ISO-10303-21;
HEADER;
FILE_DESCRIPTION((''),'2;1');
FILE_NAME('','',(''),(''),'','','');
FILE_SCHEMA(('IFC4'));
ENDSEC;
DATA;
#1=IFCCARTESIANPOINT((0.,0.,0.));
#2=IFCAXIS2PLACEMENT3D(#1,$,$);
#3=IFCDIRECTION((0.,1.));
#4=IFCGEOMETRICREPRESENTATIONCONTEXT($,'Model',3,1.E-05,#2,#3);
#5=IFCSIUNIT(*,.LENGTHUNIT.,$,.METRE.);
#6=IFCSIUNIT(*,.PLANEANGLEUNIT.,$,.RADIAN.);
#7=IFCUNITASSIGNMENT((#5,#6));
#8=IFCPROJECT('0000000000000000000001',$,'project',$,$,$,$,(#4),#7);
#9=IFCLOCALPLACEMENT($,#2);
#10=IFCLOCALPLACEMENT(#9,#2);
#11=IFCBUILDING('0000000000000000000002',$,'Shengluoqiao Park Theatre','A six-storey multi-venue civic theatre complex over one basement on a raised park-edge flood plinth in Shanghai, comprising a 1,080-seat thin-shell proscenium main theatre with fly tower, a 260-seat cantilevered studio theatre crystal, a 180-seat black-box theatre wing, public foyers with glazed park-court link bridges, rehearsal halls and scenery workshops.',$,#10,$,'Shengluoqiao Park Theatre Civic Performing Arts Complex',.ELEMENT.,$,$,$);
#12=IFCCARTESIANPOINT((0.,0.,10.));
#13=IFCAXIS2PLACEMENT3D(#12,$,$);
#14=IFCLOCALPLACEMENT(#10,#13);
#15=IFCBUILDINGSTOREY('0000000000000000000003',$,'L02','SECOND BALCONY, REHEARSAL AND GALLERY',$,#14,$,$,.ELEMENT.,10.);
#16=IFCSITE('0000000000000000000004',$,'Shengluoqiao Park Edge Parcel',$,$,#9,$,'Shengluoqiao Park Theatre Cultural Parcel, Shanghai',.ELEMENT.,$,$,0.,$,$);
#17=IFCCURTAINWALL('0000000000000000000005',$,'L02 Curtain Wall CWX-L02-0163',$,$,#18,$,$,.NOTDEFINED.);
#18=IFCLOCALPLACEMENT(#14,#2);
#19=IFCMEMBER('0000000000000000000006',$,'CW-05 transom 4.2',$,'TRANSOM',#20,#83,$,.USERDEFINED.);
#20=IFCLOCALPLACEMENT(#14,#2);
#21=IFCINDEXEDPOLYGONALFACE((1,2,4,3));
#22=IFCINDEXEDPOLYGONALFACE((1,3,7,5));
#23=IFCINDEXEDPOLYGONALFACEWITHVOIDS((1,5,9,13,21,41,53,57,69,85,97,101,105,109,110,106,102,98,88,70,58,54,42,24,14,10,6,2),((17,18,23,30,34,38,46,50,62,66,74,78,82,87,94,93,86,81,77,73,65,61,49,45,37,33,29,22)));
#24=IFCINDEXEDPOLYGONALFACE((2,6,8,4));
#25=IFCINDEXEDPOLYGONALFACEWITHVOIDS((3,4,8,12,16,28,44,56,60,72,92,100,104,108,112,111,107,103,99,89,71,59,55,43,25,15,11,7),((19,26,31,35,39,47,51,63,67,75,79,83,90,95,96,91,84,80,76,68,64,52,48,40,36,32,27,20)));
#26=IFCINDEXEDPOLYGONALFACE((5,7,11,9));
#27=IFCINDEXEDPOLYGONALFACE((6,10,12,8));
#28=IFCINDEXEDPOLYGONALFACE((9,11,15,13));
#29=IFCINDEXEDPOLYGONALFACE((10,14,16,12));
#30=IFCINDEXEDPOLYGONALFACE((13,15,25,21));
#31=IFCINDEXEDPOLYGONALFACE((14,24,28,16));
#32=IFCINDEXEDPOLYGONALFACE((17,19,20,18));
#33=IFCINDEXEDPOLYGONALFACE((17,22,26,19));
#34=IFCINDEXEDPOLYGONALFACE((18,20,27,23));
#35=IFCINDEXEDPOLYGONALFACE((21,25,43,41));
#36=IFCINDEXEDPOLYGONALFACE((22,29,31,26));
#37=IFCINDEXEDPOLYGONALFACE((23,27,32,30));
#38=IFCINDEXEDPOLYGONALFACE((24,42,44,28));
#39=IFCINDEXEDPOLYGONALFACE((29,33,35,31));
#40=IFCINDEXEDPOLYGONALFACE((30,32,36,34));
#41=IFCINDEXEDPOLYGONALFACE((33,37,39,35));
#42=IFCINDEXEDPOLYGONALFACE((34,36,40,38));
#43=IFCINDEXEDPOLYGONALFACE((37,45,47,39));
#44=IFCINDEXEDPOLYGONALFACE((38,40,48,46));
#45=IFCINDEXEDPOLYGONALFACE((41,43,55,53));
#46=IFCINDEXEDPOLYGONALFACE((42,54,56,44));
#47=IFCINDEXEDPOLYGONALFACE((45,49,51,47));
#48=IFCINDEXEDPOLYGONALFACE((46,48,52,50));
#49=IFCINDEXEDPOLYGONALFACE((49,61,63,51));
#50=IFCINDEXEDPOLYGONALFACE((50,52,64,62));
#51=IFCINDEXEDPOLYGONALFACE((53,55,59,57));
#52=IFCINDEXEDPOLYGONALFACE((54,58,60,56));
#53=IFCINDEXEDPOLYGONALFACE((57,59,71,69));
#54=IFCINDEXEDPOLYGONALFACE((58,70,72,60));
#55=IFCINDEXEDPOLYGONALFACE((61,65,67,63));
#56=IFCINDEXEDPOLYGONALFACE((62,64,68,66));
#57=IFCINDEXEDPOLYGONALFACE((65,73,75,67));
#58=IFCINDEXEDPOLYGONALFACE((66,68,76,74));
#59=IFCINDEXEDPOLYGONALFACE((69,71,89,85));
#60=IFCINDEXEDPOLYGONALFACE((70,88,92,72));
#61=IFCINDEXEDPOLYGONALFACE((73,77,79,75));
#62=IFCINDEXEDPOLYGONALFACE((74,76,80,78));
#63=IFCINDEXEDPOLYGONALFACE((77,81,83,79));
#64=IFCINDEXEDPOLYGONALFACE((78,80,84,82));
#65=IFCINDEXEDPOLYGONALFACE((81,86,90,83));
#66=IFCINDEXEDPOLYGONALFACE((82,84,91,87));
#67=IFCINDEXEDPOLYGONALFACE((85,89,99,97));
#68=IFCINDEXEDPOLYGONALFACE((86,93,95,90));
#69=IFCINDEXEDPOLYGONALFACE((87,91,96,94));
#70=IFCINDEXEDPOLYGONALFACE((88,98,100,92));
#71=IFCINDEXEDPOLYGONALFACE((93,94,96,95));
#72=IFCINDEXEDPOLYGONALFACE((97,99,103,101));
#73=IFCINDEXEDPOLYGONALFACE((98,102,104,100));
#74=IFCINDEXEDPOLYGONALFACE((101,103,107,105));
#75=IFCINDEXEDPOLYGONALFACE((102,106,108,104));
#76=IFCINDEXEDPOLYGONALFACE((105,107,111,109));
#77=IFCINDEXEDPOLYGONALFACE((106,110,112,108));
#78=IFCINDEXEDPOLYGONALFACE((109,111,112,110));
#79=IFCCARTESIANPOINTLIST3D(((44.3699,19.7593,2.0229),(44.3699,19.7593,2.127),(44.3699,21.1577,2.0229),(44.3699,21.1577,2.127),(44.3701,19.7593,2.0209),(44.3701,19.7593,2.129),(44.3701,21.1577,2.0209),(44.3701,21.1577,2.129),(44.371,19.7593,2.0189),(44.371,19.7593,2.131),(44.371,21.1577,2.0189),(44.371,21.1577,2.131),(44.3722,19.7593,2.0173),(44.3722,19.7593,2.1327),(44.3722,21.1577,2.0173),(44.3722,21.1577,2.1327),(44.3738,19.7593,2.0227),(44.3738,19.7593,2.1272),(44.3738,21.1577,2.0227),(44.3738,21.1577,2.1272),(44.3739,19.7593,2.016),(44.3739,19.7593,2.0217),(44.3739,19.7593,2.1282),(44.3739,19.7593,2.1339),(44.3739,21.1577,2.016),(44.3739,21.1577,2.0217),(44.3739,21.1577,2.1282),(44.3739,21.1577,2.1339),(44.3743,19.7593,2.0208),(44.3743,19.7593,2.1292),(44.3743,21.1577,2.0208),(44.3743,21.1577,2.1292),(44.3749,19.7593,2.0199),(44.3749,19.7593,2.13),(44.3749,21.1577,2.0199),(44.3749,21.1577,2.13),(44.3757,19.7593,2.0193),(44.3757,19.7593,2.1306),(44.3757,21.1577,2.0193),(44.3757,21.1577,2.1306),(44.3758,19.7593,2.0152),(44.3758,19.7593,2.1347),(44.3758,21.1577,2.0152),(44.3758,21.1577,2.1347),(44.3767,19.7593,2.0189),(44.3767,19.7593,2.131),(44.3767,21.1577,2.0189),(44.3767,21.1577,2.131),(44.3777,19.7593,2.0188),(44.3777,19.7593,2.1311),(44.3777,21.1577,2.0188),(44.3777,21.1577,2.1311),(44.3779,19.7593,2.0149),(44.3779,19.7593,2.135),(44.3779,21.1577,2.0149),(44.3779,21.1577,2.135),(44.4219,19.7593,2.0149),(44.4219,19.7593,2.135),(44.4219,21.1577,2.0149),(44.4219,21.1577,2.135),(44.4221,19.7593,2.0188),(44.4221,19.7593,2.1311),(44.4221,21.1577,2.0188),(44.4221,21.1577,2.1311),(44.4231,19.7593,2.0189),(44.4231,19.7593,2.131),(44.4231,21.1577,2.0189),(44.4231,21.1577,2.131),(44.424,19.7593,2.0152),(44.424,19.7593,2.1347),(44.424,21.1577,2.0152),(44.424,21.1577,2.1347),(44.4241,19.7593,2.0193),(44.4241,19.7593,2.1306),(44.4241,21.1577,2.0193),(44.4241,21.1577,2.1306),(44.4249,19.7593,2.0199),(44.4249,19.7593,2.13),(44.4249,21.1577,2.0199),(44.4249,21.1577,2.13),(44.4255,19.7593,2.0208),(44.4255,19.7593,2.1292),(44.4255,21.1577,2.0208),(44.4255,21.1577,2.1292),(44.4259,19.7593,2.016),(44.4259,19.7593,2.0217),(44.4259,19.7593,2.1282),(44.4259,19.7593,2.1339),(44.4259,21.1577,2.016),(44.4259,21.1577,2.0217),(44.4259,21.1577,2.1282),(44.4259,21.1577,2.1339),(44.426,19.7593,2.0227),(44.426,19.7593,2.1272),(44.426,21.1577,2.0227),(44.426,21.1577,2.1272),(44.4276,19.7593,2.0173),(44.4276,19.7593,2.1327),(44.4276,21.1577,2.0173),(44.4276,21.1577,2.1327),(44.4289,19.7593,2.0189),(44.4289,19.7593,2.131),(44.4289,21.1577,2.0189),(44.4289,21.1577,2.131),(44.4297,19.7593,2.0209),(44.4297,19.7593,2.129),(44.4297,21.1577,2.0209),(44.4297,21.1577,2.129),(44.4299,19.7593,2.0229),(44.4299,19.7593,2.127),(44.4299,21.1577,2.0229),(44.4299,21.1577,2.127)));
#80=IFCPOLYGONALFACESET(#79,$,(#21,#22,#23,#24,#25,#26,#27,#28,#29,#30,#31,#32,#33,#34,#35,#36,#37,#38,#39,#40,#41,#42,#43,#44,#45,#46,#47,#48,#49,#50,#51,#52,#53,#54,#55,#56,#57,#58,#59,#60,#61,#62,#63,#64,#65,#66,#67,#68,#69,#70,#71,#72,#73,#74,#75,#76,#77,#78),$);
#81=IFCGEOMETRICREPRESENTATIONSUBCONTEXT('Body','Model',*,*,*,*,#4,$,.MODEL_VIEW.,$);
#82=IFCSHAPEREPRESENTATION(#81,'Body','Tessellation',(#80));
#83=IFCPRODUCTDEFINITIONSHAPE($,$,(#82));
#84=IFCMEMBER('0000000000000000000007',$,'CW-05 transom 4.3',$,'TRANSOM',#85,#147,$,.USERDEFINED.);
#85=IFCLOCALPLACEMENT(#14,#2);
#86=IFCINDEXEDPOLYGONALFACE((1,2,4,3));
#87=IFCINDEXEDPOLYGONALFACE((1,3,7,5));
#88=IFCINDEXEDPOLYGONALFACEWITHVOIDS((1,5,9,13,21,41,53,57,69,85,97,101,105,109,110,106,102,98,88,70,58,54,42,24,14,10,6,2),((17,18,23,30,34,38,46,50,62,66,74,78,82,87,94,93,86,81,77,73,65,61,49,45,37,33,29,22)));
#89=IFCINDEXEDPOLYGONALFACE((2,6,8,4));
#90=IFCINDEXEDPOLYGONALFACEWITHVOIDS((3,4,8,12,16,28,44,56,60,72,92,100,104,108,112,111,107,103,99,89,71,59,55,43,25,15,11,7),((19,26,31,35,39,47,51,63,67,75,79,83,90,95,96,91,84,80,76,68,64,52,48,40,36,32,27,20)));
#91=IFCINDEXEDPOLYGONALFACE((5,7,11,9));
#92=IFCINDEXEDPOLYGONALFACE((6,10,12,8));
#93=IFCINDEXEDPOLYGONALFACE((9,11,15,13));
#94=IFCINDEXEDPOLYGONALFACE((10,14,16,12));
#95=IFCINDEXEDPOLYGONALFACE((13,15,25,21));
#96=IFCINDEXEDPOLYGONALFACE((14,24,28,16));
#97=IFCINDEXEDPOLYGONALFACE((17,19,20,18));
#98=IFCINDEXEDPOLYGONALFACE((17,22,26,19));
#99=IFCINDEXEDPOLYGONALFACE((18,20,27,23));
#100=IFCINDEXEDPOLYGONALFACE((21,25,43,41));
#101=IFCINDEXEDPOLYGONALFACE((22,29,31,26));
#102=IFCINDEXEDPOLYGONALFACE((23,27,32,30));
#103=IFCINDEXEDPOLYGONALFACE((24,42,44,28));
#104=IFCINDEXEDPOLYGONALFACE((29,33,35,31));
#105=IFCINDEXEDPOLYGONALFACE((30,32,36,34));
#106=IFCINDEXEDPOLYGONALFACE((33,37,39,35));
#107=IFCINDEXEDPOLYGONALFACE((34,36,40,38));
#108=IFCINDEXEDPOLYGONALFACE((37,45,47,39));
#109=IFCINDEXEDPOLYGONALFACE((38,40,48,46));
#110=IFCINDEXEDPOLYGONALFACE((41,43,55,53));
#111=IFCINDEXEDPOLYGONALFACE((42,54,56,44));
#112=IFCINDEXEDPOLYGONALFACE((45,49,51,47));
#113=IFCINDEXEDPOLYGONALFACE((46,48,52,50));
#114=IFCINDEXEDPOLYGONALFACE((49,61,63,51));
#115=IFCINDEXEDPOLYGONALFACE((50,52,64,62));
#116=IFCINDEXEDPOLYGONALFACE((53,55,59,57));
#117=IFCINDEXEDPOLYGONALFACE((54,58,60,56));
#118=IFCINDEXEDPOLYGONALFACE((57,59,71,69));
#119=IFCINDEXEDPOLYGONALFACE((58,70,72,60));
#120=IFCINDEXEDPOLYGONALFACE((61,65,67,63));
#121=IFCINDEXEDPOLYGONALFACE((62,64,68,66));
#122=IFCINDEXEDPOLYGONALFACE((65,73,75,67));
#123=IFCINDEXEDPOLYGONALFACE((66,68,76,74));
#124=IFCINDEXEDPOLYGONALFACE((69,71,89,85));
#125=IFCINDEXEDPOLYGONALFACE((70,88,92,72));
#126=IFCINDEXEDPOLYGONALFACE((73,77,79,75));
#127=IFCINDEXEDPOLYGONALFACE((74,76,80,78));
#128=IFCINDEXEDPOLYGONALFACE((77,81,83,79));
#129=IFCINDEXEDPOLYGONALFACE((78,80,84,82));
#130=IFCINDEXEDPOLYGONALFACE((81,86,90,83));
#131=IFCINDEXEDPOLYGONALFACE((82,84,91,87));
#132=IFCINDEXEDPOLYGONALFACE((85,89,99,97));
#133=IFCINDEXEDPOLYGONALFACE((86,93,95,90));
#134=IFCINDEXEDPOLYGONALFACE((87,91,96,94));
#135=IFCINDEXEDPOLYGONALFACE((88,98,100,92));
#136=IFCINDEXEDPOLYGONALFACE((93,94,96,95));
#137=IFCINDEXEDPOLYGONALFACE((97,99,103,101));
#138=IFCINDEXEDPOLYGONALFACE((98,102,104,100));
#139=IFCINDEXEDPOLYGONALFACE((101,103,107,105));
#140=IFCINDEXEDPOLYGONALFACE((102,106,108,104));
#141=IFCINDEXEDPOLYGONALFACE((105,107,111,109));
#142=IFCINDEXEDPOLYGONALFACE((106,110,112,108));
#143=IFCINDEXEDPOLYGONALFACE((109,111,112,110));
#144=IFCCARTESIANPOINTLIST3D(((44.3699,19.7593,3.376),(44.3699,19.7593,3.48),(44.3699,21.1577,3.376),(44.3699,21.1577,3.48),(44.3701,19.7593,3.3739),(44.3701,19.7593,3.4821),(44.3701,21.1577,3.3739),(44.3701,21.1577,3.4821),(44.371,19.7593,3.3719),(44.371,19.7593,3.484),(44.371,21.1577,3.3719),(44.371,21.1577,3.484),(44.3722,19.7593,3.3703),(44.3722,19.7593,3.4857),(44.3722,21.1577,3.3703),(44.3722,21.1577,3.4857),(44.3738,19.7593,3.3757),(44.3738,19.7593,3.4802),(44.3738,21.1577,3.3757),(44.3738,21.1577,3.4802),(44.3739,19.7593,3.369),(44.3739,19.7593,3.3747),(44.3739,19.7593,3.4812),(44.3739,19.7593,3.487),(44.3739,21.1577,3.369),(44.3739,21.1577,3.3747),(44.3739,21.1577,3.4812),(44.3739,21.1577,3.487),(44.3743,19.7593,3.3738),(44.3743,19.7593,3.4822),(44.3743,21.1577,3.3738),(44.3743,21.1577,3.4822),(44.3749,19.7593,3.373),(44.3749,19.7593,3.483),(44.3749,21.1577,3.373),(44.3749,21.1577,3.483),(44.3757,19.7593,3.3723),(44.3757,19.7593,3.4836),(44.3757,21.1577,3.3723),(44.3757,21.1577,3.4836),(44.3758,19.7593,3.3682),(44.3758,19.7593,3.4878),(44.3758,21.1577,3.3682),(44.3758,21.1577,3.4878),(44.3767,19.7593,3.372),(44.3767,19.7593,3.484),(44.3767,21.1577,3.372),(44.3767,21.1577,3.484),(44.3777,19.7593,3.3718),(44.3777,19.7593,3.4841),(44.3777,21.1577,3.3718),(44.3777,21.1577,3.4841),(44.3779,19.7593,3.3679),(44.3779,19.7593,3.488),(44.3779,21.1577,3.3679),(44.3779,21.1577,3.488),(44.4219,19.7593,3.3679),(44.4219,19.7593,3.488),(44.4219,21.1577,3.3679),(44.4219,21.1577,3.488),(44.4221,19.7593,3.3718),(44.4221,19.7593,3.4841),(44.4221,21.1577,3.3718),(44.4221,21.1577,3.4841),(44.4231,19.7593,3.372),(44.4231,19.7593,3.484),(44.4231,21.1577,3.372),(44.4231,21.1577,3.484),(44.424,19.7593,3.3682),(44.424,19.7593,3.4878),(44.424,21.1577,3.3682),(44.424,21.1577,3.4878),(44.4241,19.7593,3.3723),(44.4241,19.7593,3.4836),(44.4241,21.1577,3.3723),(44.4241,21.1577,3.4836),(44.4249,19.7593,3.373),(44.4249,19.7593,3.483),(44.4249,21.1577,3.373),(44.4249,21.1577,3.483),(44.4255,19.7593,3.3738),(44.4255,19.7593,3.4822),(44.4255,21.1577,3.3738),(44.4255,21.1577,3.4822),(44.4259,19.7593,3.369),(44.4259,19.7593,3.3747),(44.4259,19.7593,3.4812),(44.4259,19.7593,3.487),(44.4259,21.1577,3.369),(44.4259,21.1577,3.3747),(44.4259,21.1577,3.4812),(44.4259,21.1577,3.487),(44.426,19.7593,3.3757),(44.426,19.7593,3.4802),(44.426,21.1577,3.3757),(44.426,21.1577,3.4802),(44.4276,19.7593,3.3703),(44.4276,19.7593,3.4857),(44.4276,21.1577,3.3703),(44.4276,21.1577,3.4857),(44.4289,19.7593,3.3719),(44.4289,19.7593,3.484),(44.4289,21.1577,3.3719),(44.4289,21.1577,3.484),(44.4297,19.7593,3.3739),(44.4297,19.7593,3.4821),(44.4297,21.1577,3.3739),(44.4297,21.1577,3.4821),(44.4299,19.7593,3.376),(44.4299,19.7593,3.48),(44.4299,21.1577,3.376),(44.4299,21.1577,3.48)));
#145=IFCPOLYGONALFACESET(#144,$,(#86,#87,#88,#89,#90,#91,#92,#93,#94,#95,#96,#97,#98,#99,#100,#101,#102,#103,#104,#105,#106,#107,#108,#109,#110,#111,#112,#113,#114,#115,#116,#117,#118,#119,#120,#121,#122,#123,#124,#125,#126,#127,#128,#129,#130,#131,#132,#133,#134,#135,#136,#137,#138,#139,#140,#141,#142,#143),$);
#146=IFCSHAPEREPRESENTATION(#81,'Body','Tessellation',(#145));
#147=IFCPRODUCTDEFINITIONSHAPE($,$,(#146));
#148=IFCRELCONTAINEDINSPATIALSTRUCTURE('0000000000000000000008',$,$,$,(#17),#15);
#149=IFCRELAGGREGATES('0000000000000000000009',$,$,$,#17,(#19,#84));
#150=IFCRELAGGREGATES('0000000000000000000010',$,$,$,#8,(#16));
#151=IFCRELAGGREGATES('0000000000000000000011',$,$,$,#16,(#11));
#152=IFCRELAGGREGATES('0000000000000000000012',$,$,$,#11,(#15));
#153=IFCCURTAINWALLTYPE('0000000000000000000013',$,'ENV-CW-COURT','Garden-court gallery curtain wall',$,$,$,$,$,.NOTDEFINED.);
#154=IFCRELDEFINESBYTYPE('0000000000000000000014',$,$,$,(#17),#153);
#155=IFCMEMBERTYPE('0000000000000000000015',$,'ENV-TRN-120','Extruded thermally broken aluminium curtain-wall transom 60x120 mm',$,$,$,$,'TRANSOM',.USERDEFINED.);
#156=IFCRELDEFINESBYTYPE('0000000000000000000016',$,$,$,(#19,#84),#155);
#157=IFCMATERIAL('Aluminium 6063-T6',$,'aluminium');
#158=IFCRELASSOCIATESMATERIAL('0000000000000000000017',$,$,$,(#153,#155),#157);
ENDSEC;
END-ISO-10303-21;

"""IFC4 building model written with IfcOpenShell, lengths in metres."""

from ifc_helpers import new_model, si_unit, direction, frame, origin, origin_2d, place, context, subcontext, project, spatial, hollow_rectangle, extrude, material, material_profile, profile_set, type_object, element, aggregate, save


model = new_model("IFC4")

# Units and contexts
model_context = context("Model", 3, precision=1e-05, world=origin(), true_north=direction((0.0, 1.0)))
body_context = subcontext(model_context, "Body", "Model", "MODEL_VIEW")
ifc_project = project(units=[si_unit("LENGTHUNIT", "METRE"), si_unit("PLANEANGLEUNIT", "RADIAN")], contexts=[model_context])

# Site, building, storey
site_placement = place(None, origin())
site = spatial("IfcSite", under=ifc_project, at=site_placement, Name="Shengluoqiao Park Edge Parcel", LongName="Shengluoqiao Park Theatre Cultural Parcel, Shanghai", CompositionType="ELEMENT", RefElevation=0.0)
building_placement = place(site_placement, origin())
building = spatial("IfcBuilding", under=site, at=building_placement, Name="Shengluoqiao Park Theatre", Description="A six-storey multi-venue civic theatre complex over one basement on a raised park-edge flood plinth in Shanghai, comprising a 1,080-seat thin-shell proscenium main theatre with fly tower, a 260-seat cantilevered studio theatre crystal, a 180-seat black-box theatre wing, public foyers with glazed park-court link bridges, rehearsal halls and scenery workshops.", LongName="Shengluoqiao Park Theatre Civic Performing Arts Complex", CompositionType="ELEMENT")
storey_placement = place(building_placement, frame((0.0, 0.0, 10.0)))
storey = spatial("IfcBuildingStorey", under=building, at=storey_placement, Name="L02", Description="SECOND BALCONY, REHEARSAL AND GALLERY", CompositionType="ELEMENT", Elevation=10.0)

# Curtain wall, members
ifc_material_1 = material(Name="Aluminium 6063-T6", Category="aluminium")
curtain_wall_type = type_object("IfcCurtainWallType", Name="ENV-CW-COURT", Description="Garden-court gallery curtain wall", PredefinedType="NOTDEFINED", material=ifc_material_1)
curtain_wall_1_placement = place(storey_placement, origin())
curtain_wall_1 = element("IfcCurtainWall", 1, at=curtain_wall_1_placement, inside=storey, type_object=curtain_wall_type, Name="L02 Curtain Wall CWX-L02-0163", PredefinedType="NOTDEFINED")
ifc_material_profile_1 = material_profile(ifc_material_1, hollow_rectangle(XDim=0.0601, YDim=0.1201, WallThickness=0.0039, InnerFilletRadius=0.0039, OuterFilletRadius=0.0081, at=origin_2d()), Name="ALU TRANSOM 120x60x4")
ifc_profile_set_1 = profile_set([ifc_material_profile_1], Name="Aluminium 6063-T6")
member_type_1 = type_object("IfcMemberType", Name="ENV-TRN-120", Description="Extruded thermally broken aluminium curtain-wall transom 60x120 mm", ElementType="TRANSOM", PredefinedType="USERDEFINED", material=ifc_profile_set_1)
member_1_placement = place(storey_placement, frame((44.3999, 19.7593, 2.075), z_axis=(0.0, 1.0, 0.0), x_axis=(-1.0, 0.0, 0.0)))
member_1 = element("IfcMember", 2, at=member_1_placement, type_object=member_type_1, Name="CW-05 transom 4.2", ObjectType="TRANSOM", PredefinedType="USERDEFINED", context=body_context, shape_type="SweptSolid", body=[
    extrude(hollow_rectangle(XDim=0.0601, YDim=0.1201, WallThickness=0.0039, InnerFilletRadius=0.0039, OuterFilletRadius=0.0081, at=origin_2d()), origin(), (0.0, 0.0, 1.0), 1.3984),
])
member_2_placement = place(storey_placement, frame((44.3999, 19.7593, 3.428), z_axis=(0.0, 1.0, 0.0), x_axis=(-1.0, 0.0, 0.0)))
member_2 = element("IfcMember", 3, at=member_2_placement, type_object=member_type_1, Name="CW-05 transom 4.3", ObjectType="TRANSOM", PredefinedType="USERDEFINED", context=body_context, shape_type="SweptSolid", body=[
    extrude(hollow_rectangle(XDim=0.0601, YDim=0.1201, WallThickness=0.0039, InnerFilletRadius=0.0039, OuterFilletRadius=0.0081, at=origin_2d()), origin(), (0.0, 0.0, 1.0), 1.3984),
])

aggregate(curtain_wall_1, [member_1, member_2])

save(model, "model.ifc")
